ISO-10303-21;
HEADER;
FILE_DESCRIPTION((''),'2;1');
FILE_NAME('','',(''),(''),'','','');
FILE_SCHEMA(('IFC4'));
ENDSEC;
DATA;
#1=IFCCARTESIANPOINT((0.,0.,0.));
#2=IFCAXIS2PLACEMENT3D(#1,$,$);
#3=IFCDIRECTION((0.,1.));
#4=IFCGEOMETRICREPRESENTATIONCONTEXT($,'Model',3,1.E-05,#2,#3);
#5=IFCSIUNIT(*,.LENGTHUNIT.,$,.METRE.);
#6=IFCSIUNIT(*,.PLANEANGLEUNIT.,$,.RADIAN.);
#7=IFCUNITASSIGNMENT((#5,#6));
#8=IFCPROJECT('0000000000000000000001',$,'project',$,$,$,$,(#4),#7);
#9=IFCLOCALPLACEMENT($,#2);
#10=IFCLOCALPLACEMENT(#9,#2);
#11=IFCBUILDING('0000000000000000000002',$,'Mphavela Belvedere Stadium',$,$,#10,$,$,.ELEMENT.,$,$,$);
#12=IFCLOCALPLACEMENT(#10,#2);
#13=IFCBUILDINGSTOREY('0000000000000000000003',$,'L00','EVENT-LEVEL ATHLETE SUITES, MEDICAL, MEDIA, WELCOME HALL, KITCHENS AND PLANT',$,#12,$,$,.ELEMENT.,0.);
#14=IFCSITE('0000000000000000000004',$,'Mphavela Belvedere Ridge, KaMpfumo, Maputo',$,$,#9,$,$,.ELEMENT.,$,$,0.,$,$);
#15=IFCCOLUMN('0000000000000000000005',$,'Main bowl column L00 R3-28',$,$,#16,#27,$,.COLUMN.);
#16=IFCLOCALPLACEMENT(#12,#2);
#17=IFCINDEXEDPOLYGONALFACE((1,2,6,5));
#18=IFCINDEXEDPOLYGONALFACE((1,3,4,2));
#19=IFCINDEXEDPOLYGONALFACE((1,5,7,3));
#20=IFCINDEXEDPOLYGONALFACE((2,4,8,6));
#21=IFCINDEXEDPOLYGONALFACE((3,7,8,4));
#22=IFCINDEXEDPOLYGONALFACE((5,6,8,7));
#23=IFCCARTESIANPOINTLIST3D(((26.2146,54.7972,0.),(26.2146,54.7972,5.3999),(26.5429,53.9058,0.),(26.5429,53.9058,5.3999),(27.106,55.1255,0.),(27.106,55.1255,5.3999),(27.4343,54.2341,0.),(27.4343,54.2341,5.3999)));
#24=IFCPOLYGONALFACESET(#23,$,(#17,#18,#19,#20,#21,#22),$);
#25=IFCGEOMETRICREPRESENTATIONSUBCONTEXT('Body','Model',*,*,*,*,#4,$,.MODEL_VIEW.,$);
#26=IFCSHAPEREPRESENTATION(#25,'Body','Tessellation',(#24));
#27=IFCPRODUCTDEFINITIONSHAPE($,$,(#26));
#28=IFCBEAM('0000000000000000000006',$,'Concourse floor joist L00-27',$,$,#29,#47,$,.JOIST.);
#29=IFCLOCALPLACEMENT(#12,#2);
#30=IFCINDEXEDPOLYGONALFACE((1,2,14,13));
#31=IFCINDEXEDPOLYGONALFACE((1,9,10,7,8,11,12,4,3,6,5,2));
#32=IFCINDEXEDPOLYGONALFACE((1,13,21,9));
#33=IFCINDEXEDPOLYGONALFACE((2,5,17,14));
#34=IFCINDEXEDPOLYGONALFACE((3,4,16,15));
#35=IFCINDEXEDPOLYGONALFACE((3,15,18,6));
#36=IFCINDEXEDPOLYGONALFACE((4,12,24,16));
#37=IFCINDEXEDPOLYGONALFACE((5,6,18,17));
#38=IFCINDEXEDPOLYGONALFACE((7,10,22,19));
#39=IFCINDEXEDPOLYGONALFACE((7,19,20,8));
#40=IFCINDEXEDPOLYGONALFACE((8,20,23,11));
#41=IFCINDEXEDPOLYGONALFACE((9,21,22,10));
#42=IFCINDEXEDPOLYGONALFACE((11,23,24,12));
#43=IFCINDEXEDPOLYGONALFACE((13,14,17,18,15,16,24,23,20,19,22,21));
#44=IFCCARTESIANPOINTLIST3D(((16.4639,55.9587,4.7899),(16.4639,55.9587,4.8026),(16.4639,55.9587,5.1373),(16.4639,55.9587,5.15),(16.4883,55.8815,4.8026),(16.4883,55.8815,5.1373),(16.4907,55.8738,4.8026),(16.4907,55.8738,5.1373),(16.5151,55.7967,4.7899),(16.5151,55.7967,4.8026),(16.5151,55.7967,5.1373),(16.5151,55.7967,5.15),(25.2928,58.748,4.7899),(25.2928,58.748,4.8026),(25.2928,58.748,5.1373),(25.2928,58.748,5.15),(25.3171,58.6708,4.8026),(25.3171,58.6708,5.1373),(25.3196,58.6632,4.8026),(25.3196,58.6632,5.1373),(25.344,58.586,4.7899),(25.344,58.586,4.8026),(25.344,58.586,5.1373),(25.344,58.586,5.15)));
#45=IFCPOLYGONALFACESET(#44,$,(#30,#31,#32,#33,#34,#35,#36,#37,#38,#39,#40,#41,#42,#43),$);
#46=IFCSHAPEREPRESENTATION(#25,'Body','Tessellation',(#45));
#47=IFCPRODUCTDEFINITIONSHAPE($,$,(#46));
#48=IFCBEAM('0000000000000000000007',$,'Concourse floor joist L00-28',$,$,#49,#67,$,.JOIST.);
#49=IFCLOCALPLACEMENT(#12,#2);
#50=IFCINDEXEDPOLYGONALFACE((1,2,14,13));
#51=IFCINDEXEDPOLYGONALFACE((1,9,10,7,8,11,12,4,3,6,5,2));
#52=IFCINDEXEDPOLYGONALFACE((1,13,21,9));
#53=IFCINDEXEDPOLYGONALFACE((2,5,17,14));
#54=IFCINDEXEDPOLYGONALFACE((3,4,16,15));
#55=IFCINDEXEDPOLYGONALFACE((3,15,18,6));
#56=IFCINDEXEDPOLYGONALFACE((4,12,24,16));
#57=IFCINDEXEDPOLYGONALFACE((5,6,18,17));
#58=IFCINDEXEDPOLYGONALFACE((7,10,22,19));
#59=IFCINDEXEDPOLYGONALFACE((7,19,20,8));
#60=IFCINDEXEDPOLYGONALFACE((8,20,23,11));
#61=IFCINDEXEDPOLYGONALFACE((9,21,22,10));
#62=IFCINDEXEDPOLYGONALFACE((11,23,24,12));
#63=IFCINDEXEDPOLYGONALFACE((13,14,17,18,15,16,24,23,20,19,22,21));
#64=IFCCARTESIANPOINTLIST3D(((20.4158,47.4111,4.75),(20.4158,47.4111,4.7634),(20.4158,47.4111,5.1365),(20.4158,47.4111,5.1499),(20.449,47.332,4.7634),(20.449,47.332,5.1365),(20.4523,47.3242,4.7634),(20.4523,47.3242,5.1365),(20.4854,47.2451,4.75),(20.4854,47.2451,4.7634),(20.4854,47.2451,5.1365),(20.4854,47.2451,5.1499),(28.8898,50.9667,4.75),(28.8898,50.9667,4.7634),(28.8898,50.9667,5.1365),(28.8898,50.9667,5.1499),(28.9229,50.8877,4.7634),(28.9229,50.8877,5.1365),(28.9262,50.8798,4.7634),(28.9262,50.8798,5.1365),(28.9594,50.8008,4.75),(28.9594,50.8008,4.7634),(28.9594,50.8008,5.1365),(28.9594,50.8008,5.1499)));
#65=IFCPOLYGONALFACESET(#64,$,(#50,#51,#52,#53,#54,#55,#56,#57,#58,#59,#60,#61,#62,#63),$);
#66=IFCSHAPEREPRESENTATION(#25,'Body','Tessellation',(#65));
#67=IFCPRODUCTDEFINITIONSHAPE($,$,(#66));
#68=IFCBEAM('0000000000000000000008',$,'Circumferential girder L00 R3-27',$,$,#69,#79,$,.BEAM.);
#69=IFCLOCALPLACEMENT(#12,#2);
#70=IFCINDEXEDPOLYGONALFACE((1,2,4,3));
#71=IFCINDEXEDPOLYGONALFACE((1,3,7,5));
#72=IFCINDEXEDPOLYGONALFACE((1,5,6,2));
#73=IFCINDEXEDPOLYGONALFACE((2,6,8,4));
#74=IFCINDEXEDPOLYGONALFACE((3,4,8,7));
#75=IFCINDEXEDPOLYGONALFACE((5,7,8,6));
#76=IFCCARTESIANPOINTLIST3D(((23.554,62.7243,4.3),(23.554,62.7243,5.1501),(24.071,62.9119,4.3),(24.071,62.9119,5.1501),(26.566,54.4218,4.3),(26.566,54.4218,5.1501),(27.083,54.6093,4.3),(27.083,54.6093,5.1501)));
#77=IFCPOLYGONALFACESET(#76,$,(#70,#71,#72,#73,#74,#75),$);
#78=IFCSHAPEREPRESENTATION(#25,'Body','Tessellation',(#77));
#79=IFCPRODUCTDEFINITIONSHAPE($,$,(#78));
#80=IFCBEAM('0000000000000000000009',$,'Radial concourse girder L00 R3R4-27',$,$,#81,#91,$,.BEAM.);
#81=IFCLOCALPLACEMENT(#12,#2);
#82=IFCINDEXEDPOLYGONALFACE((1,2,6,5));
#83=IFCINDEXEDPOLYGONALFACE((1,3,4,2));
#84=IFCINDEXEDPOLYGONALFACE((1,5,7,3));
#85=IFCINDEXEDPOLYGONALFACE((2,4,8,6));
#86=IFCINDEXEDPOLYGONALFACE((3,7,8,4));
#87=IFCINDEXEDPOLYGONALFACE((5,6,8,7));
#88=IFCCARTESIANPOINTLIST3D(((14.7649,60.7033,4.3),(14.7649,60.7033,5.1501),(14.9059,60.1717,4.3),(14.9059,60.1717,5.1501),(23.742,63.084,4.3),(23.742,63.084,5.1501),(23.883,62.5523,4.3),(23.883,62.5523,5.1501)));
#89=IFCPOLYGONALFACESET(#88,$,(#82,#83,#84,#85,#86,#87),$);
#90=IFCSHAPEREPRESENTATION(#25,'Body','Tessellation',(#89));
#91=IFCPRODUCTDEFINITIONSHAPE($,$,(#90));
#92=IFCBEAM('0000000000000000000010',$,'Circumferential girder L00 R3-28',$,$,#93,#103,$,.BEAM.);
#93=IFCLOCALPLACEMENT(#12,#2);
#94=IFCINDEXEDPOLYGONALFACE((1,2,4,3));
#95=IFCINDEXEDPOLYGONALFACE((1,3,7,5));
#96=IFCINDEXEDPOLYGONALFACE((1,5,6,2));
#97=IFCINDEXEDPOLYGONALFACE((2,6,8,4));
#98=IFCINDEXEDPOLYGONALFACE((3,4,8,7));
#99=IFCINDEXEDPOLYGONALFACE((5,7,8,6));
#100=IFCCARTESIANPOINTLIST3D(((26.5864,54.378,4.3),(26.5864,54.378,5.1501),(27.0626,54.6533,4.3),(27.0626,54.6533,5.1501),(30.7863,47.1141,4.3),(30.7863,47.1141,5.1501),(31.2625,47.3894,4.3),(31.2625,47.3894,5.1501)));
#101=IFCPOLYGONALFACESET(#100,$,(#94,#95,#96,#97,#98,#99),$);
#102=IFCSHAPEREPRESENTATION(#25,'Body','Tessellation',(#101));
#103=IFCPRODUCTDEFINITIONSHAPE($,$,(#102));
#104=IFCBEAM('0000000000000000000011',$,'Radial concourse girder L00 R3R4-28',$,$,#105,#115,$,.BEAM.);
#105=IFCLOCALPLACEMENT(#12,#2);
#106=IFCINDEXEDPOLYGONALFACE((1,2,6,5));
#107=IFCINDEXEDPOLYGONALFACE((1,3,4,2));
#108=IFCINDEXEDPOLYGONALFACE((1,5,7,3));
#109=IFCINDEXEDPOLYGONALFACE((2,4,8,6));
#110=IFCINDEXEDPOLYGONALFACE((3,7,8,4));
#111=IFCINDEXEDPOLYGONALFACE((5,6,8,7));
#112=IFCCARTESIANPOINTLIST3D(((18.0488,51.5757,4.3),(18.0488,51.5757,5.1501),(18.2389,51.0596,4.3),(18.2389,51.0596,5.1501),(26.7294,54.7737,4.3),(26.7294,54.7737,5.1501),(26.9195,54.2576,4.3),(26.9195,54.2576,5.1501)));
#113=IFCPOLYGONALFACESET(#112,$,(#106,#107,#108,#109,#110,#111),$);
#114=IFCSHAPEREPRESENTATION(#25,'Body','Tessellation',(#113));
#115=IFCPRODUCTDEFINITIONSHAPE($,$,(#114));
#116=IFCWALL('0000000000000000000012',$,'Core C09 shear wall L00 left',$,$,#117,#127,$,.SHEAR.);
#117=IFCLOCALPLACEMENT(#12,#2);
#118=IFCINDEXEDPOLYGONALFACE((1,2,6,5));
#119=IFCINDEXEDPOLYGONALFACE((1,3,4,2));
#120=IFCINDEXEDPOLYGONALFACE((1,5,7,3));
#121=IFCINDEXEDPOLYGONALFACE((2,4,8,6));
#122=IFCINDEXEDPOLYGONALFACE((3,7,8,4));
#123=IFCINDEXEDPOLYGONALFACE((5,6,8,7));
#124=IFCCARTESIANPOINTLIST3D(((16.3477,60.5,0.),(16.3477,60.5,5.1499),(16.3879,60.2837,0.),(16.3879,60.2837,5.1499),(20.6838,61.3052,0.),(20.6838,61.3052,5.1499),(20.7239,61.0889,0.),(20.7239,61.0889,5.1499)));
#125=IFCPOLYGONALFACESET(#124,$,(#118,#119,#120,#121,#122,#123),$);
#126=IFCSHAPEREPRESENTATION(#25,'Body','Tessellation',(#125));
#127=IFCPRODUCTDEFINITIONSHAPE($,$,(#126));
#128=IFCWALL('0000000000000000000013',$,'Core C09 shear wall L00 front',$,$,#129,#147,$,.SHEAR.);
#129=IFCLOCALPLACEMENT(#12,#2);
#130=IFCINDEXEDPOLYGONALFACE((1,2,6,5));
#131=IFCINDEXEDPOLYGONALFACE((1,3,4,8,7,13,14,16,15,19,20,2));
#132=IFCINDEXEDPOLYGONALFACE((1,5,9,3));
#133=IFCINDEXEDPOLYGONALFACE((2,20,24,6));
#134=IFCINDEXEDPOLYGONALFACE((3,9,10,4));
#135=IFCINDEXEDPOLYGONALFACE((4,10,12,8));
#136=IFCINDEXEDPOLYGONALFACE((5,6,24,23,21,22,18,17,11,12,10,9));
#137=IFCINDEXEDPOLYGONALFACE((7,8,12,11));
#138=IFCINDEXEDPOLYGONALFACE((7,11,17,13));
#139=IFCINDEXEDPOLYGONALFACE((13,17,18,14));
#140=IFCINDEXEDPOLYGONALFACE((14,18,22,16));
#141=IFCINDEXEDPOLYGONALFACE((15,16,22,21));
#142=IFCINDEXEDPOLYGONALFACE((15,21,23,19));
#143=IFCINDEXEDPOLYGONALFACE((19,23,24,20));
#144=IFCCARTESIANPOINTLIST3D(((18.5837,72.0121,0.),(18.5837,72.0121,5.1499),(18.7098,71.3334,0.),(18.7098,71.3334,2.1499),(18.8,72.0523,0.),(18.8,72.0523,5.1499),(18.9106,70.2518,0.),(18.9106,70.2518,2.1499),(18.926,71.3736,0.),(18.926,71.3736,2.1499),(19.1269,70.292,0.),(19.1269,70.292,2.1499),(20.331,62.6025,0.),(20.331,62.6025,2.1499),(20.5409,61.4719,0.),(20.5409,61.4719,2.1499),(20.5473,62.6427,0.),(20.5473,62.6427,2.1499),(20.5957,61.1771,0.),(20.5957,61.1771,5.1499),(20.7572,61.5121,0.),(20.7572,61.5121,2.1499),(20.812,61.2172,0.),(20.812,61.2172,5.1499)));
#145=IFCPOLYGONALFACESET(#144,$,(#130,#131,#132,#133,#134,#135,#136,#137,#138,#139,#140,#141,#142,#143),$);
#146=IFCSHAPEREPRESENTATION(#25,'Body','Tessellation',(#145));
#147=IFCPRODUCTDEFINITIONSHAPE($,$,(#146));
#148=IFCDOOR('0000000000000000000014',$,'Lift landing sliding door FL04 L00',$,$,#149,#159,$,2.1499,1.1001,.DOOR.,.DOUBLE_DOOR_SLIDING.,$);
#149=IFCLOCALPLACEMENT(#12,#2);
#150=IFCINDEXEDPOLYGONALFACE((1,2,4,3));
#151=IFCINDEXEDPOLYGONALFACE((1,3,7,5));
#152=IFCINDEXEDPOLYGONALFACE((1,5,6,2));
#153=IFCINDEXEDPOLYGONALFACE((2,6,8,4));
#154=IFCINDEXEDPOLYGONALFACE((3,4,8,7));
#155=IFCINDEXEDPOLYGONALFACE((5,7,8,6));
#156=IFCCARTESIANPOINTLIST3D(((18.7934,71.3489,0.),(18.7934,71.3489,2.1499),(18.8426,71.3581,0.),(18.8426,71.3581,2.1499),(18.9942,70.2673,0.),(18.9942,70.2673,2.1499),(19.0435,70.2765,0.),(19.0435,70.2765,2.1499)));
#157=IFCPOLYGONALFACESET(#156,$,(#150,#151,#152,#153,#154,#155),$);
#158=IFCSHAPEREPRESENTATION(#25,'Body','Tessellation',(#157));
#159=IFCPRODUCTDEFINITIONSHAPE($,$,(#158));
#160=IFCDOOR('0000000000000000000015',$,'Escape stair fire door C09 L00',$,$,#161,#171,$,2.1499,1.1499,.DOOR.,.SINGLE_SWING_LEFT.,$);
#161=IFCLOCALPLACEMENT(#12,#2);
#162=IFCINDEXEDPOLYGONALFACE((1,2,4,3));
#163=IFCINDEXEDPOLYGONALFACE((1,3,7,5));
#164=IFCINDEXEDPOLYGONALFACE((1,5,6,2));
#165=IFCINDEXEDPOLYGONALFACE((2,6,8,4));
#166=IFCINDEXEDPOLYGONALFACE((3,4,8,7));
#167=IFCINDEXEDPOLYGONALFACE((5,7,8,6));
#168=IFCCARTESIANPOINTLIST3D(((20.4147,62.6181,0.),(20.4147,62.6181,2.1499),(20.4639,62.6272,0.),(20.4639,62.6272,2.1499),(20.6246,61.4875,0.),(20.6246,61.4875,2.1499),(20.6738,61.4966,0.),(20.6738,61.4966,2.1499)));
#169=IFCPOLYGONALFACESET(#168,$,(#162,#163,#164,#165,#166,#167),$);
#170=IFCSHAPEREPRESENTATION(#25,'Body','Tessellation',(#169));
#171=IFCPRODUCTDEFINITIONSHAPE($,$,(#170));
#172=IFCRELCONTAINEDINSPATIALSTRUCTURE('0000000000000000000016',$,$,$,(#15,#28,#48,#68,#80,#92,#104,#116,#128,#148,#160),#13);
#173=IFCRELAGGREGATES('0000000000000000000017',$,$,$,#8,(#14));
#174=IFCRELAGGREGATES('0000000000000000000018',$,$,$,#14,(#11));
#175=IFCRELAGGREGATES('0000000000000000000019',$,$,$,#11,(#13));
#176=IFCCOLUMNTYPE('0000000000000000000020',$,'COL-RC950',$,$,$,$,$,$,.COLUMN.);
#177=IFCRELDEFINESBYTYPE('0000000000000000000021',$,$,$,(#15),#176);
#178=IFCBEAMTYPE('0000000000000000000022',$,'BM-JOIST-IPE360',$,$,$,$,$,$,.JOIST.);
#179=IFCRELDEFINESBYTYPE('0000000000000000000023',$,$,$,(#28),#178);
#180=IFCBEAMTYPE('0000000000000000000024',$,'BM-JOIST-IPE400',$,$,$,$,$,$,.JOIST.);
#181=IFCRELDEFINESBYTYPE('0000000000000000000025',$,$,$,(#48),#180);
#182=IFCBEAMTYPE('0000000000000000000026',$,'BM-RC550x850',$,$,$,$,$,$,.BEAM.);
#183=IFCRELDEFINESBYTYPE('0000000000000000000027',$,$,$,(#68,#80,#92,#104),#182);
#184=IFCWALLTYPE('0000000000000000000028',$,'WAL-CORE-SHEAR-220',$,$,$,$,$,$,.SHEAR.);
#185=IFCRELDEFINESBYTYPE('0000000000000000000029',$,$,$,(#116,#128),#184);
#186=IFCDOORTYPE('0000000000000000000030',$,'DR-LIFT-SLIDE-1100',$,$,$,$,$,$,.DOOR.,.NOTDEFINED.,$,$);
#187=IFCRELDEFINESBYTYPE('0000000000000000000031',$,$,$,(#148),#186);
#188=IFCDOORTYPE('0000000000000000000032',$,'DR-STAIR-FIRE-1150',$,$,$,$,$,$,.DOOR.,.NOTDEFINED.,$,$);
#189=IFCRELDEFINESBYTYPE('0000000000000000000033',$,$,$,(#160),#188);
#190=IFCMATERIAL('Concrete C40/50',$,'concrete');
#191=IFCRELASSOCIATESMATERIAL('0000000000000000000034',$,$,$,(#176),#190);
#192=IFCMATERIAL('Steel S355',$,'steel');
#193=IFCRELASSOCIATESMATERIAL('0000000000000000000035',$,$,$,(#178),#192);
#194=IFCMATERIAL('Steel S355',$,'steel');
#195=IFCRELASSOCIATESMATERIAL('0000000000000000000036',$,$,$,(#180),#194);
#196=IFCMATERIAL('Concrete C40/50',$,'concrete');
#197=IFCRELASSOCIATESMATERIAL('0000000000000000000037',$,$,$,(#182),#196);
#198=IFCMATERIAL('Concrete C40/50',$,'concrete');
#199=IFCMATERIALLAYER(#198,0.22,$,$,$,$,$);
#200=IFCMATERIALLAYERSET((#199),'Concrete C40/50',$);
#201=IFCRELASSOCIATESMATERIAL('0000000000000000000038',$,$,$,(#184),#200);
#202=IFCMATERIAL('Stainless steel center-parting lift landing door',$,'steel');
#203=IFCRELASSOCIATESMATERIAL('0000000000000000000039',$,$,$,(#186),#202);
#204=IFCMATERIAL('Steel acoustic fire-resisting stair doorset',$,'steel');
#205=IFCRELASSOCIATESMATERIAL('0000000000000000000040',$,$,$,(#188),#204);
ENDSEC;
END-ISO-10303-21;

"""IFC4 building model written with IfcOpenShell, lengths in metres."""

from ifc_helpers import new_model, si_unit, direction, frame, frame_2d, origin, origin_2d, place, context, subcontext, project, spatial, rectangle, i_section, extrude, material, layer, layer_set, material_profile, profile_set, type_object, element, fill, save


model = new_model("IFC4")

# Units and contexts
model_context = context("Model", 3, precision=1e-05, world=origin(), true_north=direction((0.0, 1.0)))
body_context = subcontext(model_context, "Body", "Model", "MODEL_VIEW")
ifc_project = project(units=[si_unit("LENGTHUNIT", "METRE"), si_unit("PLANEANGLEUNIT", "RADIAN")], contexts=[model_context])

# Site, building, storey
site_placement = place(None, origin())
site = spatial("IfcSite", under=ifc_project, at=site_placement, Name="Mphavela Belvedere Ridge, KaMpfumo, Maputo", CompositionType="ELEMENT", RefElevation=0.0)
building_placement = place(site_placement, origin())
building = spatial("IfcBuilding", under=site, at=building_placement, Name="Mphavela Belvedere Stadium", CompositionType="ELEMENT")
storey_placement = place(building_placement, origin())
storey = spatial("IfcBuildingStorey", under=building, at=storey_placement, Name="L00", Description="EVENT-LEVEL ATHLETE SUITES, MEDICAL, MEDIA, WELCOME HALL, KITCHENS AND PLANT", CompositionType="ELEMENT", Elevation=0.0)

# Column
ifc_material_1 = material(Name="Concrete C40/50", Category="concrete")
ifc_material_profile_1 = material_profile(ifc_material_1, rectangle(XDim=0.95, YDim=0.95, at=origin_2d()), Name="RC 950x950")
ifc_profile_set_1 = profile_set([ifc_material_profile_1], Name="Concrete C40/50")
column_type = type_object("IfcColumnType", Name="COL-RC950", PredefinedType="COLUMN", material=ifc_profile_set_1)
for number, where, z_axis, x_axis, name in (
    (1, (26.8245, 54.5156, 0.0), (0.0, 0.0, 1.0), (-0.938372, -0.345626, 0.0), "Main bowl column L00 R3-28"),
):
    element("IfcColumn", number, at=place(storey_placement, frame(where, z_axis=z_axis, x_axis=x_axis)), inside=storey, type_object=column_type, Name=name, PredefinedType="COLUMN", context=body_context, shape_type="SweptSolid", body=[
        extrude(rectangle(XDim=0.95, YDim=0.95, at=origin_2d()), origin(), (0.0, 0.0, 1.0), 5.3999),
    ])

# Beams
ifc_material_2 = material(Name="Steel S355", Category="steel")
ifc_material_profile_2 = material_profile(ifc_material_2, i_section(OverallWidth=0.1699, OverallDepth=0.3601, WebThickness=0.0081, FlangeThickness=0.0127, at=origin_2d()), Name="IPE 360")
ifc_profile_set_2 = profile_set([ifc_material_profile_2], Name="Steel S355")
beam_type_1 = type_object("IfcBeamType", Name="BM-JOIST-IPE360", PredefinedType="JOIST", material=ifc_profile_set_2)
beam_1_placement = place(storey_placement, frame((25.3184, 58.667, 4.97), z_axis=(-0.953544, -0.301254, 0.0), x_axis=(0.301254, -0.953544, 0.0)))
element("IfcBeam", 2, at=beam_1_placement, inside=storey, type_object=beam_type_1, Name="Concourse floor joist L00-27", PredefinedType="JOIST", context=body_context, shape_type="SweptSolid", body=[
    extrude(i_section(OverallWidth=0.1699, OverallDepth=0.3601, WebThickness=0.0081, FlangeThickness=0.0127, at=origin_2d()), origin(), (0.0, 0.0, 1.0), 9.259),
])
ifc_material_3 = material(Name="Steel S355", Category="steel")
ifc_material_profile_3 = material_profile(ifc_material_3, i_section(OverallWidth=0.1799, OverallDepth=0.3999, WebThickness=0.0085, FlangeThickness=0.0134, at=origin_2d()), Name="IPE 400")
ifc_profile_set_3 = profile_set([ifc_material_profile_3], Name="Steel S355")
beam_type_2 = type_object("IfcBeamType", Name="BM-JOIST-IPE400", PredefinedType="JOIST", material=ifc_profile_set_3)
beam_2_placement = place(storey_placement, frame((28.9246, 50.8838, 4.95), z_axis=(-0.922113, -0.386921, 0.0), x_axis=(0.386921, -0.922113, 0.0)))
element("IfcBeam", 3, at=beam_2_placement, inside=storey, type_object=beam_type_2, Name="Concourse floor joist L00-28", PredefinedType="JOIST", context=body_context, shape_type="SweptSolid", body=[
    extrude(i_section(OverallWidth=0.1799, OverallDepth=0.3999, WebThickness=0.0085, FlangeThickness=0.0134, at=origin_2d()), origin(), (0.0, 0.0, 1.0), 9.1897),
])
ifc_material_4 = material(Name="Concrete C40/50", Category="concrete")
ifc_material_profile_4 = material_profile(ifc_material_4, rectangle(XDim=0.55, YDim=0.8501, at=origin_2d()), Name="RC 550x850")
ifc_profile_set_4 = profile_set([ifc_material_profile_4], Name="Concrete C40/50")
beam_type_3 = type_object("IfcBeamType", Name="BM-RC550x850", PredefinedType="BEAM", material=ifc_profile_set_4)
beam_3_placement = place(storey_placement, frame((23.8125, 62.8181, 4.7251), z_axis=(0.341031, -0.940052, 0.0), x_axis=(0.940052, 0.341031, 0.0)))
element("IfcBeam", 4, at=beam_3_placement, inside=storey, type_object=beam_type_3, Name="Circumferential girder L00 R3-27", PredefinedType="BEAM", context=body_context, shape_type="SweptSolid", body=[
    extrude(rectangle(XDim=0.55, YDim=0.8501, at=origin_2d()), origin(), (0.0, 0.0, 1.0), 8.832),
])
beam_4_placement = place(storey_placement, frame((23.8125, 62.8181, 4.7251), z_axis=(-0.96659, -0.256329, 0.0), x_axis=(0.256329, -0.96659, 0.0)))
element("IfcBeam", 5, at=beam_4_placement, inside=storey, type_object=beam_type_3, Name="Radial concourse girder L00 R3R4-27", PredefinedType="BEAM", context=body_context, shape_type="SweptSolid", body=[
    extrude(rectangle(XDim=0.55, YDim=0.8501, at=origin_2d()), origin(), (0.0, 0.0, 1.0), 9.2874),
])
beam_5_placement = place(storey_placement, frame((26.8245, 54.5156, 4.7251), z_axis=(0.500548, -0.865709, 0.0), x_axis=(0.865709, 0.500548, 0.0)))
element("IfcBeam", 6, at=beam_5_placement, inside=storey, type_object=beam_type_3, Name="Circumferential girder L00 R3-28", PredefinedType="BEAM", context=body_context, shape_type="SweptSolid", body=[
    extrude(rectangle(XDim=0.55, YDim=0.8501, at=origin_2d()), origin(), (0.0, 0.0, 1.0), 8.3906),
])
beam_6_placement = place(storey_placement, frame((26.8245, 54.5156, 4.7251), z_axis=(-0.938348, -0.345692, 0.0), x_axis=(0.345692, -0.938348, 0.0)))
element("IfcBeam", 7, at=beam_6_placement, inside=storey, type_object=beam_type_3, Name="Radial concourse girder L00 R3R4-28", PredefinedType="BEAM", context=body_context, shape_type="SweptSolid", body=[
    extrude(rectangle(XDim=0.55, YDim=0.8501, at=origin_2d()), origin(), (0.0, 0.0, 1.0), 9.251),
])

# Wall
ifc_material_5 = material(Name="Concrete C40/50", Category="concrete")
ifc_layer_1 = layer(ifc_material_5, 0.22)
ifc_layer_set_1 = layer_set([ifc_layer_1], Name="Concrete C40/50")
wall_type_1 = type_object("IfcWallType", Name="WAL-CORE-SHEAR-220", PredefinedType="SHEAR", material=ifc_layer_set_1)
wall_1_placement = place(storey_placement, frame((20.7039, 61.197, 0.0), z_axis=(0.0, 0.0, 1.0), x_axis=(-0.983192, -0.182577, 0.0)))
element("IfcWall", 8, at=wall_1_placement, inside=storey, type_object=wall_type_1, Name="Core C09 shear wall L00 left", PredefinedType="SHEAR", context=body_context, shape_type="SweptSolid", body=[
    extrude(rectangle(XDim=4.4102, YDim=0.22, at=frame_2d((2.2051, 0.0))), origin(), (0.0, 0.0, 1.0), 5.1499),
])

# Wall, openings, doors
wall_2_placement = place(storey_placement, frame((20.7039, 61.197, 0.0), z_axis=(0.0, 0.0, 1.0), x_axis=(-0.182571, 0.983193, 0.0)))
wall_2 = element("IfcWall", 9, at=wall_2_placement, inside=storey, type_object=wall_type_1, Name="Core C09 shear wall L00 front", PredefinedType="SHEAR", context=body_context, shape_type="SweptSolid", body=[
    extrude(rectangle(XDim=11.0203, YDim=0.22, at=frame_2d((5.5103, 0.0))), origin(), (0.0, 0.0, 1.0), 5.1499),
])
opening_1_placement = place(wall_2_placement, frame((0.3, 0.0, 0.0)))
opening_1 = element("IfcOpeningElement", 10, at=opening_1_placement, cuts=wall_2, PredefinedType="OPENING", context=body_context, shape_type="SweptSolid", body=[
    extrude(rectangle(XDim=1.1499, YDim=2.1499, at=frame_2d((0.575, 1.075))), frame((0.0, 0.1201, 0.0), z_axis=(0.0, -1.0, 0.0), x_axis=(1.0, 0.0, 0.0)), (0.0, 0.0, 1.0), 0.24),
])
opening_2_placement = place(wall_2_placement, frame((9.23, 0.0, 0.0)))
opening_2 = element("IfcOpeningElement", 11, at=opening_2_placement, cuts=wall_2, PredefinedType="OPENING", context=body_context, shape_type="SweptSolid", body=[
    extrude(rectangle(XDim=1.1001, YDim=2.1499, at=frame_2d((0.55, 1.075))), frame((0.0, 0.1201, 0.0), z_axis=(0.0, -1.0, 0.0), x_axis=(1.0, 0.0, 0.0)), (0.0, 0.0, 1.0), 0.24),
])
ifc_material_6 = material(Name="Stainless steel center-parting lift landing door", Category="steel")
door_type_1 = type_object("IfcDoorType", Name="DR-LIFT-SLIDE-1100", OperationType="NOTDEFINED", PredefinedType="DOOR", material=ifc_material_6)
door_1_placement = place(opening_2_placement, origin())
door_1 = element("IfcDoor", 12, at=door_1_placement, inside=storey, type_object=door_type_1, Name="Lift landing sliding door FL04 L00", OperationType="DOUBLE_DOOR_SLIDING", OverallHeight=2.1499, OverallWidth=1.1001, PredefinedType="DOOR", context=body_context, shape_type="SweptSolid", body=[
    extrude(rectangle(XDim=1.1001, YDim=2.1499, at=frame_2d((0.55, 1.075))), frame((0.0, 0.0249, 0.0), z_axis=(0.0, -1.0, 0.0), x_axis=(1.0, 0.0, 0.0)), (0.0, 0.0, 1.0), 0.05),
])
fill(opening_2, door_1)
ifc_material_7 = material(Name="Steel acoustic fire-resisting stair doorset", Category="steel")
door_type_2 = type_object("IfcDoorType", Name="DR-STAIR-FIRE-1150", OperationType="NOTDEFINED", PredefinedType="DOOR", material=ifc_material_7)
door_2_placement = place(opening_1_placement, origin())
door_2 = element("IfcDoor", 13, at=door_2_placement, inside=storey, type_object=door_type_2, Name="Escape stair fire door C09 L00", OperationType="SINGLE_SWING_LEFT", OverallHeight=2.1499, OverallWidth=1.1499, PredefinedType="DOOR", context=body_context, shape_type="SweptSolid", body=[
    extrude(rectangle(XDim=1.1499, YDim=2.1499, at=frame_2d((0.575, 1.075))), frame((0.0, 0.0249, 0.0), z_axis=(0.0, -1.0, 0.0), x_axis=(1.0, 0.0, 0.0)), (0.0, 0.0, 1.0), 0.05),
])
fill(opening_1, door_2)

save(model, "model.ifc")
